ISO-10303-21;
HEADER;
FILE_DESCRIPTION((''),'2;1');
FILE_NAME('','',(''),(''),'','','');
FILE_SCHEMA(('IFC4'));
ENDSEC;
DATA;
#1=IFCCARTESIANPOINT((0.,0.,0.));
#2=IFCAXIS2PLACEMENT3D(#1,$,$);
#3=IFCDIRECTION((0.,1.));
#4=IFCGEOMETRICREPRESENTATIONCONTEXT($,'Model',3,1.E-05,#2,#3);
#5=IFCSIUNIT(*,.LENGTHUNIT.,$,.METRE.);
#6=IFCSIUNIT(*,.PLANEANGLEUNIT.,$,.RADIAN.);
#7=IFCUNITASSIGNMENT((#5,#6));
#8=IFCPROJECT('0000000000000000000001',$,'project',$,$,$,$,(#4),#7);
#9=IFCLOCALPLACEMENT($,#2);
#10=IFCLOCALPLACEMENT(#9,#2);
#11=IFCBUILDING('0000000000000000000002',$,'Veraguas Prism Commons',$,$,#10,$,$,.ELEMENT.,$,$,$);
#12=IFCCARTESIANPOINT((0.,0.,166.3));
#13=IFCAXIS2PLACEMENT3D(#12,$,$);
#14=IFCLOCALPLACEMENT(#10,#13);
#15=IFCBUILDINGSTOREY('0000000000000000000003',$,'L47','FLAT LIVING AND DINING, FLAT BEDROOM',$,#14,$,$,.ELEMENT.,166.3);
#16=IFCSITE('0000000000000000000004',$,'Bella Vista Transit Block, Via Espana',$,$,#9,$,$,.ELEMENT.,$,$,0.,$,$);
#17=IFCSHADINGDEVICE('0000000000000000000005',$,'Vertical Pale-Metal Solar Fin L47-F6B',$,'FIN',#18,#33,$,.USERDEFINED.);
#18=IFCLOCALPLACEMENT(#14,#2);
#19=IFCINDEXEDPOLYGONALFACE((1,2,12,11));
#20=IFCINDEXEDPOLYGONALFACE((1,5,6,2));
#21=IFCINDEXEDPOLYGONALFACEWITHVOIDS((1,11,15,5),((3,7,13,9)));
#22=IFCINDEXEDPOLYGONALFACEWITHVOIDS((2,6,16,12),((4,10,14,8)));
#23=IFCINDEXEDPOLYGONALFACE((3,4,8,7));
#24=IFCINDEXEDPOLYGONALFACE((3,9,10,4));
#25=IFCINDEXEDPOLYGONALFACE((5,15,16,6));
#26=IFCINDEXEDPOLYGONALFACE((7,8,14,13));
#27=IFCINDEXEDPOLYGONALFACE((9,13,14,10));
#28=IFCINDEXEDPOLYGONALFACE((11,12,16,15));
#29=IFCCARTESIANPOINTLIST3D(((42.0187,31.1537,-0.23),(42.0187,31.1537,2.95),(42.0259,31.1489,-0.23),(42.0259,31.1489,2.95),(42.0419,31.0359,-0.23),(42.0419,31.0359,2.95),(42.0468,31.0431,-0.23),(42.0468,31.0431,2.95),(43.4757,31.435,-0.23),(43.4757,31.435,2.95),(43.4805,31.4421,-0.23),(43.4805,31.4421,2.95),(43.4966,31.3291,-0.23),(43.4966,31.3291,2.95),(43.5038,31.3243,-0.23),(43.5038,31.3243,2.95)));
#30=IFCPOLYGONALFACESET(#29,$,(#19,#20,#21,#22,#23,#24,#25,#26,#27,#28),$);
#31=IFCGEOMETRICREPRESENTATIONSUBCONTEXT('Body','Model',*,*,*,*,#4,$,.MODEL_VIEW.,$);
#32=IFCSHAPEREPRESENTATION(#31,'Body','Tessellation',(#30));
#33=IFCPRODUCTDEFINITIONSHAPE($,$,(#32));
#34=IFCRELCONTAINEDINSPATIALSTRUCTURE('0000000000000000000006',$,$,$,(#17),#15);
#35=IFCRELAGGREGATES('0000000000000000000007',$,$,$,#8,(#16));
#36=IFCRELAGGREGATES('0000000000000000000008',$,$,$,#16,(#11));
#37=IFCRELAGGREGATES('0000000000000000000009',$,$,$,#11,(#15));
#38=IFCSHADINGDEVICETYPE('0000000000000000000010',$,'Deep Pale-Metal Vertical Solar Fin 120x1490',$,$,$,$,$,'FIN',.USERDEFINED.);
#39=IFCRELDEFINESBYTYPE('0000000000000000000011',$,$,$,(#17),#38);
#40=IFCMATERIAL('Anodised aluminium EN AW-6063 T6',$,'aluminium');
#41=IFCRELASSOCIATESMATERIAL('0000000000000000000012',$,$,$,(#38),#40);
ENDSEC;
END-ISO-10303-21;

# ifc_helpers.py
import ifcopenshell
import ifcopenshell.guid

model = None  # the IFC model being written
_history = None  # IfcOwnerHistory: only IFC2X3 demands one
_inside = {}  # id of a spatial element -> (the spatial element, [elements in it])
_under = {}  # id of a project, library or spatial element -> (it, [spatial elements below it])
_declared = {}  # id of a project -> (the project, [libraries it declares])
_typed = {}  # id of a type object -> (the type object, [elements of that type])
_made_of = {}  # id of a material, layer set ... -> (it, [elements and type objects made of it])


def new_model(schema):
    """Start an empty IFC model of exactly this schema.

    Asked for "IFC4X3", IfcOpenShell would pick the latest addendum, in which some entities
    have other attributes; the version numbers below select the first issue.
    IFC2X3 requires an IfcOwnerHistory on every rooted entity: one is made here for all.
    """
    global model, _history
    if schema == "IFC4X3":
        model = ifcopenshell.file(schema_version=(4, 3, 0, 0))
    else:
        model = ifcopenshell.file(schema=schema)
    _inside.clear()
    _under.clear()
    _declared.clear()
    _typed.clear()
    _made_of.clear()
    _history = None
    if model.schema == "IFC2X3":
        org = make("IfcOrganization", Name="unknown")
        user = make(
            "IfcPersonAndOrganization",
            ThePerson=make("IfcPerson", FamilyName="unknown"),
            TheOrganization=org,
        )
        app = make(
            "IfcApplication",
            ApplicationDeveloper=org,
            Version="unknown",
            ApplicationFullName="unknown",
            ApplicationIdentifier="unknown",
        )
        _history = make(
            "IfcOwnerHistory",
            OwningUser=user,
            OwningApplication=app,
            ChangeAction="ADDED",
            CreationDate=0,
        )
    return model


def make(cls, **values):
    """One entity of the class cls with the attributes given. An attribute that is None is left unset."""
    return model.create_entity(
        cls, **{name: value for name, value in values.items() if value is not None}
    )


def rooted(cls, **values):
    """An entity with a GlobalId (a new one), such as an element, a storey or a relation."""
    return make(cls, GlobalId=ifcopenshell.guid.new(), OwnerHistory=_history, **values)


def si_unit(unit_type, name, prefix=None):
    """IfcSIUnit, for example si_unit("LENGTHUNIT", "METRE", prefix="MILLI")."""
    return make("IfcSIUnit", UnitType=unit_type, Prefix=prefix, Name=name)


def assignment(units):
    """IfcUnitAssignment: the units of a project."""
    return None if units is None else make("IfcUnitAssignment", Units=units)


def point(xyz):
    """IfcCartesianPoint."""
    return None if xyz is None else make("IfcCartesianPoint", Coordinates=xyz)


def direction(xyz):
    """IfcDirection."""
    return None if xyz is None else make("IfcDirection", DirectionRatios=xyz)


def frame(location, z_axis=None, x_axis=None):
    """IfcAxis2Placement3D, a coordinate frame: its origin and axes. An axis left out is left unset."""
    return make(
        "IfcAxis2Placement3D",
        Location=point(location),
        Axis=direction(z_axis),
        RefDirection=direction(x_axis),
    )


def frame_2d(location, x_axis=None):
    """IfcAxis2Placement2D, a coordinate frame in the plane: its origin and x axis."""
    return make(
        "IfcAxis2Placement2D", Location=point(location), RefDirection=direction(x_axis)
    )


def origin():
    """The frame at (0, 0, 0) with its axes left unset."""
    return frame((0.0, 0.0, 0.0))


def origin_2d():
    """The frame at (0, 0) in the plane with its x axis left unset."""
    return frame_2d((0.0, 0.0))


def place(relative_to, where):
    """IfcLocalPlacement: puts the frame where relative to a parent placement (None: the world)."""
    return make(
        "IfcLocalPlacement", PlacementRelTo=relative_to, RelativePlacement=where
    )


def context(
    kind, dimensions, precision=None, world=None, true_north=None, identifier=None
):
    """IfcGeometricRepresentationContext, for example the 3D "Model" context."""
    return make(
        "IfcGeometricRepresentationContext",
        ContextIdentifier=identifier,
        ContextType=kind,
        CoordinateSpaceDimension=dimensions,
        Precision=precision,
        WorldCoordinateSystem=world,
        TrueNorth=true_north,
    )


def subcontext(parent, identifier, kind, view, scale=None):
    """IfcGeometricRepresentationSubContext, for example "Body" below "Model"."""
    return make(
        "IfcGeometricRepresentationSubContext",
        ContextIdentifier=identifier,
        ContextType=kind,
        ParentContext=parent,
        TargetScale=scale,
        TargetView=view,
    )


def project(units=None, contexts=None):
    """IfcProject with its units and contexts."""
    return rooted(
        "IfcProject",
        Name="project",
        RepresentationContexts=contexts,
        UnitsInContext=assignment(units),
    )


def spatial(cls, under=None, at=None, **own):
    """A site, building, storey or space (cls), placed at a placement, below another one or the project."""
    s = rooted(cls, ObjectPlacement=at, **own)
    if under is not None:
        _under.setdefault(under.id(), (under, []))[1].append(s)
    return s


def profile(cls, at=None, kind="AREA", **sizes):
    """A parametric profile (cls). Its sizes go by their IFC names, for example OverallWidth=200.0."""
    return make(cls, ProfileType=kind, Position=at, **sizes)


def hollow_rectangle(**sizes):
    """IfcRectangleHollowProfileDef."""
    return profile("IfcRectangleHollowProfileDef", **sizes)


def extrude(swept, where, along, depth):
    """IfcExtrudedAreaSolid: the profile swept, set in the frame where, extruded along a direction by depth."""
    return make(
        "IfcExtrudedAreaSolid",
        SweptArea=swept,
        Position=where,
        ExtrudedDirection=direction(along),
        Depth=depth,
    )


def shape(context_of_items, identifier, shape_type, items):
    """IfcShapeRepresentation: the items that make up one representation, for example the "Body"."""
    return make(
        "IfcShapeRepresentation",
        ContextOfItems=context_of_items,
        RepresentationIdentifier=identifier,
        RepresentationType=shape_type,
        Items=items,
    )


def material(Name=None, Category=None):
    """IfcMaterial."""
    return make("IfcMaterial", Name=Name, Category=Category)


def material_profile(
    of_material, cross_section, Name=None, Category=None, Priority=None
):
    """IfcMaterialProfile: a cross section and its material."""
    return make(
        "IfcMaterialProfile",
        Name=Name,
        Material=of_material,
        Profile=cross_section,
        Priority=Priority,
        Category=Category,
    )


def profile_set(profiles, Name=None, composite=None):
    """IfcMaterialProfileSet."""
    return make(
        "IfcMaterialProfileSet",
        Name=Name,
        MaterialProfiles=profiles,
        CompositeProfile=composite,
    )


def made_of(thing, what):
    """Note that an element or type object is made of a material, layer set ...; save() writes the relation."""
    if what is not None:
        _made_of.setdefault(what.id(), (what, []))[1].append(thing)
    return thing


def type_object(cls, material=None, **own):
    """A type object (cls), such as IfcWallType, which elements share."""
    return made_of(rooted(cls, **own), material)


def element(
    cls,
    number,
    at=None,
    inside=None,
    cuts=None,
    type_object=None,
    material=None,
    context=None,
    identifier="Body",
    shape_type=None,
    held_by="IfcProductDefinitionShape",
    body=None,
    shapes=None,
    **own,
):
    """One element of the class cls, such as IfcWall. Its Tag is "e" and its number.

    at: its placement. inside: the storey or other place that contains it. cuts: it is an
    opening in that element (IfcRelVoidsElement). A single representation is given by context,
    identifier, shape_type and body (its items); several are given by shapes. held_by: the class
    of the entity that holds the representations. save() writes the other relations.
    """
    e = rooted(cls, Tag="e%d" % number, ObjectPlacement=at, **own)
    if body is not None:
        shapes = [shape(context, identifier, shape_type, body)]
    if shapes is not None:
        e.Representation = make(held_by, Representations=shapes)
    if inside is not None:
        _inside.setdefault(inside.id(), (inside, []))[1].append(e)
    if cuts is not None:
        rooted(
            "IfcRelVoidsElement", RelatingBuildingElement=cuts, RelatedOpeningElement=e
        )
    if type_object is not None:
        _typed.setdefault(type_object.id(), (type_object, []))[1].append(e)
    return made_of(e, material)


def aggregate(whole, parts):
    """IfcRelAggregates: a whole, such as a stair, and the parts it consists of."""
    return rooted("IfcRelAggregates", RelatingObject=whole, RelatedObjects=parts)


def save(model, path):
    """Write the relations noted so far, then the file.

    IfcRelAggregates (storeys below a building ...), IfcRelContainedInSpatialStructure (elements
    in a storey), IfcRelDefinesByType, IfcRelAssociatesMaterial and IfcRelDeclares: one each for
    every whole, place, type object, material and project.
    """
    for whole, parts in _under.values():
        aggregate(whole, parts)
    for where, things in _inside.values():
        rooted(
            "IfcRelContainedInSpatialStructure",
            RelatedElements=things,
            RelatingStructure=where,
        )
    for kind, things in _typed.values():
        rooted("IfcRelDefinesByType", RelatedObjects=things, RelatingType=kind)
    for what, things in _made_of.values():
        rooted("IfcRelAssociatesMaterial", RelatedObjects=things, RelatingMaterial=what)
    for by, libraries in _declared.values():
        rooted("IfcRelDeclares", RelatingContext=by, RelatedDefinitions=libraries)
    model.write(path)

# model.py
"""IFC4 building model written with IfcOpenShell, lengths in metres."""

from ifc_helpers import new_model, si_unit, direction, frame, origin, origin_2d, place, context, subcontext, project, spatial, hollow_rectangle, extrude, material, material_profile, profile_set, type_object, element, save


model = new_model("IFC4")

# Units and contexts
model_context = context("Model", 3, precision=1e-05, world=origin(), true_north=direction((0.0, 1.0)))
body_context = subcontext(model_context, "Body", "Model", "MODEL_VIEW")
ifc_project = project(units=[si_unit("LENGTHUNIT", "METRE"), si_unit("PLANEANGLEUNIT", "RADIAN")], contexts=[model_context])

# Site, building, storey
site_placement = place(None, origin())
site = spatial("IfcSite", under=ifc_project, at=site_placement, Name="Bella Vista Transit Block, Via Espana", CompositionType="ELEMENT", RefElevation=0.0)
building_placement = place(site_placement, origin())
building = spatial("IfcBuilding", under=site, at=building_placement, Name="Veraguas Prism Commons", CompositionType="ELEMENT")
storey_placement = place(building_placement, frame((0.0, 0.0, 166.3)))
storey = spatial("IfcBuildingStorey", under=building, at=storey_placement, Name="L47", Description="FLAT LIVING AND DINING, FLAT BEDROOM", CompositionType="ELEMENT", Elevation=166.3)

# Shared definitions
ifc_material_1 = material(Name="Anodised aluminium EN AW-6063 T6", Category="aluminium")

# Shading device
ifc_material_profile_1 = material_profile(ifc_material_1, hollow_rectangle(XDim=0.1201, YDim=1.49, WallThickness=0.0061, at=origin_2d()), Name="FIN120X1490X6")
ifc_profile_set_1 = profile_set([ifc_material_profile_1], Name="Anodised aluminium EN AW-6063 T6")
shading_device_type = type_object("IfcShadingDeviceType", Name="Deep Pale-Metal Vertical Solar Fin 120x1490", ElementType="FIN", PredefinedType="USERDEFINED", material=ifc_profile_set_1)
for number, where, z_axis, x_axis, name in (
    (1, (42.7612, 31.239, -0.23), (0.0, 0.0, 1.0), (-0.193546, 0.981091, 0.0), "Vertical Pale-Metal Solar Fin L47-F6B"),
):
    element("IfcShadingDevice", number, at=place(storey_placement, frame(where, z_axis=z_axis, x_axis=x_axis)), inside=storey, type_object=shading_device_type, Name=name, ObjectType="FIN", PredefinedType="USERDEFINED", context=body_context, shape_type="SweptSolid", body=[
        extrude(hollow_rectangle(XDim=0.1201, YDim=1.49, WallThickness=0.0061, at=origin_2d()), origin(), (0.0, 0.0, 1.0), 3.1799),
    ])

save(model, "model.ifc")
